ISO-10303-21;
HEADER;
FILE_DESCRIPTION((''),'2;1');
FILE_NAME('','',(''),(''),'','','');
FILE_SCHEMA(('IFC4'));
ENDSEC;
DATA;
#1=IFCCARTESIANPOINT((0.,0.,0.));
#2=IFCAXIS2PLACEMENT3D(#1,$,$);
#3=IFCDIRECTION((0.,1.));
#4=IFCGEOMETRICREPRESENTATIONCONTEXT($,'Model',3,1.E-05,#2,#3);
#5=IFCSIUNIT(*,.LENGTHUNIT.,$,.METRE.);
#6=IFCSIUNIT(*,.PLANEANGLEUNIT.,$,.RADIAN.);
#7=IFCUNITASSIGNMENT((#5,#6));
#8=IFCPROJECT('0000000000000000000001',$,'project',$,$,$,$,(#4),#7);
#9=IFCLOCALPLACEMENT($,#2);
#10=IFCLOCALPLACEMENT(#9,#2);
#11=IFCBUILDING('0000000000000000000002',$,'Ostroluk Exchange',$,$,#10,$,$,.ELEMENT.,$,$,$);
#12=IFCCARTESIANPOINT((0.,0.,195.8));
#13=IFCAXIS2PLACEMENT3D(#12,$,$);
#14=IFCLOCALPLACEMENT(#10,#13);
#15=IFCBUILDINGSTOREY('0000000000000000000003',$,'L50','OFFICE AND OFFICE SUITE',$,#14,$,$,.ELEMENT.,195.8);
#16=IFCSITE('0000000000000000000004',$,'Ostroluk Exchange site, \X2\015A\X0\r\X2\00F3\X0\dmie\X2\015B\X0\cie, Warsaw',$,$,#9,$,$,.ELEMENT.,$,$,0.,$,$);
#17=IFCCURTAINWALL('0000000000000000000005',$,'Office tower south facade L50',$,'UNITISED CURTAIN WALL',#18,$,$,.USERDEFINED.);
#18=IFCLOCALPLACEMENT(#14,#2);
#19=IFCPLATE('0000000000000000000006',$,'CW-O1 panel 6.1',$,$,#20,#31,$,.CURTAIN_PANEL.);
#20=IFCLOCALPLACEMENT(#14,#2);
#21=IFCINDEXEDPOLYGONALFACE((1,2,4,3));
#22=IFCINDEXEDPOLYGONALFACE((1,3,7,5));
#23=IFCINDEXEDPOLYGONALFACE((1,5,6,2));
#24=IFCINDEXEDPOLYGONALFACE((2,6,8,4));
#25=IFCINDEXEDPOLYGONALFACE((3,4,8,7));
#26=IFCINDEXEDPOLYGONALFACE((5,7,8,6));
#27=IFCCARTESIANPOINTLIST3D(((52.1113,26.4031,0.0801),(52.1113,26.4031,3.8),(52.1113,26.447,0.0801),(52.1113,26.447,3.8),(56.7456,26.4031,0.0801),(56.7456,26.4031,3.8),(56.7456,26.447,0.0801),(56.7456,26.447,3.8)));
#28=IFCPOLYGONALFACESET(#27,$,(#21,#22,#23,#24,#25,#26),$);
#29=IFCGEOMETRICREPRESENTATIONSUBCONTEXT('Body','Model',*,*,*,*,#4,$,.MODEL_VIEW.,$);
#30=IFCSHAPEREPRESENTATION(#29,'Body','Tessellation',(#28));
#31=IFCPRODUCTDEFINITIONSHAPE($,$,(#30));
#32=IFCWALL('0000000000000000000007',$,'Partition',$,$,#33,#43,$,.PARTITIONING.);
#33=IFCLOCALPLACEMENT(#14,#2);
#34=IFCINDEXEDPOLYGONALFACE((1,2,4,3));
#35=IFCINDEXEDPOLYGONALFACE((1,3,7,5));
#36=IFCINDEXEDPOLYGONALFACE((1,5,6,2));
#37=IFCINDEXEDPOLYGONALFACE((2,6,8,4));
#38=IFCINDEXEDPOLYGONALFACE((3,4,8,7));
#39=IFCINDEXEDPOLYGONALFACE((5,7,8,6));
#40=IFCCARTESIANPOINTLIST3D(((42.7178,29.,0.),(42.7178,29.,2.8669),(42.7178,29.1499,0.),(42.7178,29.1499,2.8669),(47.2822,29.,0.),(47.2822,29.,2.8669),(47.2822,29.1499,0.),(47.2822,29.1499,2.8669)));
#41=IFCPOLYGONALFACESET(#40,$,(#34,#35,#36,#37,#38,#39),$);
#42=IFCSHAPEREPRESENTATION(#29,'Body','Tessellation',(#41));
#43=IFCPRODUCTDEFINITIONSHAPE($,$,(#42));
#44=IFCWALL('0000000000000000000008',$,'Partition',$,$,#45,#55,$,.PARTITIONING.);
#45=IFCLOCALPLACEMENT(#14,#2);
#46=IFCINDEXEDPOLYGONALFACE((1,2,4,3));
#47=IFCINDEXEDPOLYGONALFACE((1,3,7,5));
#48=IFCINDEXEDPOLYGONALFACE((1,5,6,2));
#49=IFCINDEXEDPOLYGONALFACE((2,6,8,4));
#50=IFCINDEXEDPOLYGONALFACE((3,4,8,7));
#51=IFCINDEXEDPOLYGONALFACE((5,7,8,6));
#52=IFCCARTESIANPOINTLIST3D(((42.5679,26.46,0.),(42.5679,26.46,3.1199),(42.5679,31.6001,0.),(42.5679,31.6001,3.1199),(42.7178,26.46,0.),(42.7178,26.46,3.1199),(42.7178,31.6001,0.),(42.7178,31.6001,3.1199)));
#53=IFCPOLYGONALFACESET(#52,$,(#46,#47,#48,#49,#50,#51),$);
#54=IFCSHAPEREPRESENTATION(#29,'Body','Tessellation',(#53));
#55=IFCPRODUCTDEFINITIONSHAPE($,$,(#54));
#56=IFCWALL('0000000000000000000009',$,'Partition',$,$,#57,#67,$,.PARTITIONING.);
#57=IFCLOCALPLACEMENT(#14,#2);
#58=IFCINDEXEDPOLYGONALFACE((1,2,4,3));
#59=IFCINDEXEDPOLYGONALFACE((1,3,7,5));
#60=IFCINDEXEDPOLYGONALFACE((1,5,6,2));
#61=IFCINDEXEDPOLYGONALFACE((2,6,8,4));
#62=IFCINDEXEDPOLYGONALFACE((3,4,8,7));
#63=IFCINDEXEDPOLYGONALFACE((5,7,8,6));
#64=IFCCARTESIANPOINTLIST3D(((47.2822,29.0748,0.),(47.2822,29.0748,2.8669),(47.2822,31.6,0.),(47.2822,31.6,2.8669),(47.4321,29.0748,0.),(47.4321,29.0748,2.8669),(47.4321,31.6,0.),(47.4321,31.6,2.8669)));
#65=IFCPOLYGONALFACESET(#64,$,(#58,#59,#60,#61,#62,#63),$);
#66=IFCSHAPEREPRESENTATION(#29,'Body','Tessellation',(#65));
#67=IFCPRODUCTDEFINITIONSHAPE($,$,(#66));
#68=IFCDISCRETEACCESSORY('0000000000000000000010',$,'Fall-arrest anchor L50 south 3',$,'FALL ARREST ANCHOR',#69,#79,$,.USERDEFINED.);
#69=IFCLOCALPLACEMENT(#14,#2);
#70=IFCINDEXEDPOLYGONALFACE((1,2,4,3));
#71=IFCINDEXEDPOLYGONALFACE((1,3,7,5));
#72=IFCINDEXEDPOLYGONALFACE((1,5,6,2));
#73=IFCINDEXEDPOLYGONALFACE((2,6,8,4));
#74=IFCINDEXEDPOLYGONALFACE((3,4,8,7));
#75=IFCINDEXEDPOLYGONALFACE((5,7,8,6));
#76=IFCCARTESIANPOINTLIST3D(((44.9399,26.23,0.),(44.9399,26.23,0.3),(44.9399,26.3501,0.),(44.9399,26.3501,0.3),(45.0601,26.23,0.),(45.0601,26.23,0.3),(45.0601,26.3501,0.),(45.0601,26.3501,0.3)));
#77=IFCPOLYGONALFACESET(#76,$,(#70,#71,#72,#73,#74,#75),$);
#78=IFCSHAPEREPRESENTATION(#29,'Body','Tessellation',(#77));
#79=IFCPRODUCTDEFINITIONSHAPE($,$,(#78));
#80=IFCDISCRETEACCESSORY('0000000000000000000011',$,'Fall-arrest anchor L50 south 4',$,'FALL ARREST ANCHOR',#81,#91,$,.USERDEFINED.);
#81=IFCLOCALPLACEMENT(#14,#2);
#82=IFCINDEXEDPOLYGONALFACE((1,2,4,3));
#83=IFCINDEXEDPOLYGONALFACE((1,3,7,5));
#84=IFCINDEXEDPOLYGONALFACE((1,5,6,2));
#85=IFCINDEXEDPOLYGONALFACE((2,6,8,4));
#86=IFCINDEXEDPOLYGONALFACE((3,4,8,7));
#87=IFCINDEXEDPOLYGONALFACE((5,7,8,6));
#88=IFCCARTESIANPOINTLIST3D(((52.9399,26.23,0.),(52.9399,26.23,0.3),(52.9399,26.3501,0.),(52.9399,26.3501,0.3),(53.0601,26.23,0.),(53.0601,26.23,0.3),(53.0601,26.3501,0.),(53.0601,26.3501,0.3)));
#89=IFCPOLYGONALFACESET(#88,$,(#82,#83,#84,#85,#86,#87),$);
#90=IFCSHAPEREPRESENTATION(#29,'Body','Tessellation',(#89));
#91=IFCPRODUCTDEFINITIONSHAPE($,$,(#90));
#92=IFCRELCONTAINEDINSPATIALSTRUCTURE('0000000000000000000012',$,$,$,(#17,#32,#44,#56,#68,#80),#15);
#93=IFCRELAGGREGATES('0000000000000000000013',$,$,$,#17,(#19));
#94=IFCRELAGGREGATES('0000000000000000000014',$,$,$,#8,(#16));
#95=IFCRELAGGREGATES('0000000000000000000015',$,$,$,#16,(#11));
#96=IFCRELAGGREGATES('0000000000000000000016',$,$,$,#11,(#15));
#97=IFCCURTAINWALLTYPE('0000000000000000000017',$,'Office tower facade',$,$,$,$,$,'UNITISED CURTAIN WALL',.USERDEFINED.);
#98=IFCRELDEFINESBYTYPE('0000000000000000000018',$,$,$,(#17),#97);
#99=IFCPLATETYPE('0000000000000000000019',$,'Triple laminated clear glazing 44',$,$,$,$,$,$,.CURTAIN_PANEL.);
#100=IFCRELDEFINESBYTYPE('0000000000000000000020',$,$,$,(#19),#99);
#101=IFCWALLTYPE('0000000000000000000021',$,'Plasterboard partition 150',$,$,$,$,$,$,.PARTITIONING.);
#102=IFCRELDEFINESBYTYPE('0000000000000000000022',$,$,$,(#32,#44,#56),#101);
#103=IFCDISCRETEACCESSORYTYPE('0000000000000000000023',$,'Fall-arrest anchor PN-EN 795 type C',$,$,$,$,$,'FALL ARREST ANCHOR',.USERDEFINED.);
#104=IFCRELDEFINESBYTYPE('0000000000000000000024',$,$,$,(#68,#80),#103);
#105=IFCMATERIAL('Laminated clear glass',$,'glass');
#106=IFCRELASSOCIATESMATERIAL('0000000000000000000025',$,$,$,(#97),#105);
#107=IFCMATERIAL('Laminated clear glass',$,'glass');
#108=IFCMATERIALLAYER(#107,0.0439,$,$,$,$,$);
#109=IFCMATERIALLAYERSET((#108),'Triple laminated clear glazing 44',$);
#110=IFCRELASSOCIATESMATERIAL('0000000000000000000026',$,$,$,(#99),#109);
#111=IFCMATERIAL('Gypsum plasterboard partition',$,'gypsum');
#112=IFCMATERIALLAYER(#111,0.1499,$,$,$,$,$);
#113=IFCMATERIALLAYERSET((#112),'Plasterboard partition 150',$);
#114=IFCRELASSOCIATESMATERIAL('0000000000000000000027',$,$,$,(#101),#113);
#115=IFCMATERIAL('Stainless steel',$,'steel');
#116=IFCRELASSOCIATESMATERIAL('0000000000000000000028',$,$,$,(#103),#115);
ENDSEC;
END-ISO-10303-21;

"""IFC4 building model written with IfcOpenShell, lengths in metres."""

from ifc_helpers import new_model, si_unit, direction, frame, frame_2d, origin, origin_2d, place, context, subcontext, project, spatial, rectangle, extrude, material, layer, layer_set, type_object, element, aggregate, save


model = new_model("IFC4")

# Units and contexts
model_context = context("Model", 3, precision=1e-05, world=origin(), true_north=direction((0.0, 1.0)))
body_context = subcontext(model_context, "Body", "Model", "MODEL_VIEW")
ifc_project = project(units=[si_unit("LENGTHUNIT", "METRE"), si_unit("PLANEANGLEUNIT", "RADIAN")], contexts=[model_context])

# Site, building, storey
site_placement = place(None, origin())
site = spatial("IfcSite", under=ifc_project, at=site_placement, Name="Ostroluk Exchange site, Śródmieście, Warsaw", CompositionType="ELEMENT", RefElevation=0.0)
building_placement = place(site_placement, origin())
building = spatial("IfcBuilding", under=site, at=building_placement, Name="Ostroluk Exchange", CompositionType="ELEMENT")
storey_placement = place(building_placement, frame((0.0, 0.0, 195.8)))
storey = spatial("IfcBuildingStorey", under=building, at=storey_placement, Name="L50", Description="OFFICE AND OFFICE SUITE", CompositionType="ELEMENT", Elevation=195.8)

# Curtain wall, plate
ifc_material_1 = material(Name="Laminated clear glass", Category="glass")
curtain_wall_type = type_object("IfcCurtainWallType", Name="Office tower facade", ElementType="UNITISED CURTAIN WALL", PredefinedType="USERDEFINED", material=ifc_material_1)
curtain_wall_placement = place(storey_placement, origin())
curtain_wall = element("IfcCurtainWall", 1, at=curtain_wall_placement, inside=storey, type_object=curtain_wall_type, Name="Office tower south facade L50", ObjectType="UNITISED CURTAIN WALL", PredefinedType="USERDEFINED")
ifc_material_2 = material(Name="Laminated clear glass", Category="glass")
ifc_layer_1 = layer(ifc_material_2, 0.0439)
ifc_layer_set_1 = layer_set([ifc_layer_1], Name="Triple laminated clear glazing 44")
plate_type = type_object("IfcPlateType", Name="Triple laminated clear glazing 44", PredefinedType="CURTAIN_PANEL", material=ifc_layer_set_1)
plate_1_placement = place(storey_placement, frame((54.4285, 26.425, 0.0801), z_axis=(0.0, 0.0, 1.0), x_axis=(1.0, 0.0, 0.0)))
plate_1 = element("IfcPlate", 2, at=plate_1_placement, type_object=plate_type, Name="CW-O1 panel 6.1", PredefinedType="CURTAIN_PANEL", context=body_context, shape_type="SweptSolid", body=[
    extrude(rectangle(XDim=4.6343, YDim=0.0439, at=origin_2d()), origin(), (0.0, 0.0, 1.0), 3.72),
])
aggregate(curtain_wall, [plate_1])

# Walls
ifc_material_3 = material(Name="Gypsum plasterboard partition", Category="gypsum")
ifc_layer_2 = layer(ifc_material_3, 0.1499)
ifc_layer_set_2 = layer_set([ifc_layer_2], Name="Plasterboard partition 150")
wall_type = type_object("IfcWallType", Name="Plasterboard partition 150", PredefinedType="PARTITIONING", material=ifc_layer_set_2)
wall_1_placement = place(storey_placement, frame((42.7178, 29.075, 0.0), z_axis=(0.0, 0.0, 1.0), x_axis=(1.0, 0.0, 0.0)))
element("IfcWall", 3, at=wall_1_placement, inside=storey, type_object=wall_type, Name="Partition", PredefinedType="PARTITIONING", context=body_context, shape_type="SweptSolid", body=[
    extrude(rectangle(XDim=4.5645, YDim=0.1499, at=frame_2d((2.2822, 0.0))), origin(), (0.0, 0.0, 1.0), 2.8669),
])
wall_2_placement = place(storey_placement, frame((42.6428, 31.6001, 0.0), z_axis=(0.0, 0.0, 1.0), x_axis=(0.0, -1.0, 0.0)))
element("IfcWall", 4, at=wall_2_placement, inside=storey, type_object=wall_type, Name="Partition", PredefinedType="PARTITIONING", context=body_context, shape_type="SweptSolid", body=[
    extrude(rectangle(XDim=5.1401, YDim=0.1499, at=frame_2d((2.5701, 0.0))), origin(), (0.0, 0.0, 1.0), 3.1199),
])
wall_3_placement = place(storey_placement, frame((47.3572, 31.6001, 0.0), z_axis=(0.0, 0.0, 1.0), x_axis=(0.0, -1.0, 0.0)))
element("IfcWall", 5, at=wall_3_placement, inside=storey, type_object=wall_type, Name="Partition", PredefinedType="PARTITIONING", context=body_context, shape_type="SweptSolid", body=[
    extrude(rectangle(XDim=2.5251, YDim=0.1499, at=frame_2d((1.2627, 0.0))), origin(), (0.0, 0.0, 1.0), 2.8669),
])

# Discrete accessories
ifc_material_4 = material(Name="Stainless steel", Category="steel")
discrete_accessory_type = type_object("IfcDiscreteAccessoryType", Name="Fall-arrest anchor PN-EN 795 type C", ElementType="FALL ARREST ANCHOR", PredefinedType="USERDEFINED", material=ifc_material_4)
for number, where, z_axis, x_axis, name in (
    (6, (45.0, 26.29, 0.0), (0.0, 0.0, 1.0), (1.0, 0.0, 0.0), "Fall-arrest anchor L50 south 3"),
    (7, (53.0, 26.29, 0.0), (0.0, 0.0, 1.0), (1.0, 0.0, 0.0), "Fall-arrest anchor L50 south 4"),
):
    element("IfcDiscreteAccessory", number, at=place(storey_placement, frame(where, z_axis=z_axis, x_axis=x_axis)), inside=storey, type_object=discrete_accessory_type, Name=name, ObjectType="FALL ARREST ANCHOR", PredefinedType="USERDEFINED", context=body_context, shape_type="SweptSolid", body=[
        extrude(rectangle(XDim=0.1201, YDim=0.1201, at=origin_2d()), origin(), (0.0, 0.0, 1.0), 0.3),
    ])

save(model, "model.ifc")
